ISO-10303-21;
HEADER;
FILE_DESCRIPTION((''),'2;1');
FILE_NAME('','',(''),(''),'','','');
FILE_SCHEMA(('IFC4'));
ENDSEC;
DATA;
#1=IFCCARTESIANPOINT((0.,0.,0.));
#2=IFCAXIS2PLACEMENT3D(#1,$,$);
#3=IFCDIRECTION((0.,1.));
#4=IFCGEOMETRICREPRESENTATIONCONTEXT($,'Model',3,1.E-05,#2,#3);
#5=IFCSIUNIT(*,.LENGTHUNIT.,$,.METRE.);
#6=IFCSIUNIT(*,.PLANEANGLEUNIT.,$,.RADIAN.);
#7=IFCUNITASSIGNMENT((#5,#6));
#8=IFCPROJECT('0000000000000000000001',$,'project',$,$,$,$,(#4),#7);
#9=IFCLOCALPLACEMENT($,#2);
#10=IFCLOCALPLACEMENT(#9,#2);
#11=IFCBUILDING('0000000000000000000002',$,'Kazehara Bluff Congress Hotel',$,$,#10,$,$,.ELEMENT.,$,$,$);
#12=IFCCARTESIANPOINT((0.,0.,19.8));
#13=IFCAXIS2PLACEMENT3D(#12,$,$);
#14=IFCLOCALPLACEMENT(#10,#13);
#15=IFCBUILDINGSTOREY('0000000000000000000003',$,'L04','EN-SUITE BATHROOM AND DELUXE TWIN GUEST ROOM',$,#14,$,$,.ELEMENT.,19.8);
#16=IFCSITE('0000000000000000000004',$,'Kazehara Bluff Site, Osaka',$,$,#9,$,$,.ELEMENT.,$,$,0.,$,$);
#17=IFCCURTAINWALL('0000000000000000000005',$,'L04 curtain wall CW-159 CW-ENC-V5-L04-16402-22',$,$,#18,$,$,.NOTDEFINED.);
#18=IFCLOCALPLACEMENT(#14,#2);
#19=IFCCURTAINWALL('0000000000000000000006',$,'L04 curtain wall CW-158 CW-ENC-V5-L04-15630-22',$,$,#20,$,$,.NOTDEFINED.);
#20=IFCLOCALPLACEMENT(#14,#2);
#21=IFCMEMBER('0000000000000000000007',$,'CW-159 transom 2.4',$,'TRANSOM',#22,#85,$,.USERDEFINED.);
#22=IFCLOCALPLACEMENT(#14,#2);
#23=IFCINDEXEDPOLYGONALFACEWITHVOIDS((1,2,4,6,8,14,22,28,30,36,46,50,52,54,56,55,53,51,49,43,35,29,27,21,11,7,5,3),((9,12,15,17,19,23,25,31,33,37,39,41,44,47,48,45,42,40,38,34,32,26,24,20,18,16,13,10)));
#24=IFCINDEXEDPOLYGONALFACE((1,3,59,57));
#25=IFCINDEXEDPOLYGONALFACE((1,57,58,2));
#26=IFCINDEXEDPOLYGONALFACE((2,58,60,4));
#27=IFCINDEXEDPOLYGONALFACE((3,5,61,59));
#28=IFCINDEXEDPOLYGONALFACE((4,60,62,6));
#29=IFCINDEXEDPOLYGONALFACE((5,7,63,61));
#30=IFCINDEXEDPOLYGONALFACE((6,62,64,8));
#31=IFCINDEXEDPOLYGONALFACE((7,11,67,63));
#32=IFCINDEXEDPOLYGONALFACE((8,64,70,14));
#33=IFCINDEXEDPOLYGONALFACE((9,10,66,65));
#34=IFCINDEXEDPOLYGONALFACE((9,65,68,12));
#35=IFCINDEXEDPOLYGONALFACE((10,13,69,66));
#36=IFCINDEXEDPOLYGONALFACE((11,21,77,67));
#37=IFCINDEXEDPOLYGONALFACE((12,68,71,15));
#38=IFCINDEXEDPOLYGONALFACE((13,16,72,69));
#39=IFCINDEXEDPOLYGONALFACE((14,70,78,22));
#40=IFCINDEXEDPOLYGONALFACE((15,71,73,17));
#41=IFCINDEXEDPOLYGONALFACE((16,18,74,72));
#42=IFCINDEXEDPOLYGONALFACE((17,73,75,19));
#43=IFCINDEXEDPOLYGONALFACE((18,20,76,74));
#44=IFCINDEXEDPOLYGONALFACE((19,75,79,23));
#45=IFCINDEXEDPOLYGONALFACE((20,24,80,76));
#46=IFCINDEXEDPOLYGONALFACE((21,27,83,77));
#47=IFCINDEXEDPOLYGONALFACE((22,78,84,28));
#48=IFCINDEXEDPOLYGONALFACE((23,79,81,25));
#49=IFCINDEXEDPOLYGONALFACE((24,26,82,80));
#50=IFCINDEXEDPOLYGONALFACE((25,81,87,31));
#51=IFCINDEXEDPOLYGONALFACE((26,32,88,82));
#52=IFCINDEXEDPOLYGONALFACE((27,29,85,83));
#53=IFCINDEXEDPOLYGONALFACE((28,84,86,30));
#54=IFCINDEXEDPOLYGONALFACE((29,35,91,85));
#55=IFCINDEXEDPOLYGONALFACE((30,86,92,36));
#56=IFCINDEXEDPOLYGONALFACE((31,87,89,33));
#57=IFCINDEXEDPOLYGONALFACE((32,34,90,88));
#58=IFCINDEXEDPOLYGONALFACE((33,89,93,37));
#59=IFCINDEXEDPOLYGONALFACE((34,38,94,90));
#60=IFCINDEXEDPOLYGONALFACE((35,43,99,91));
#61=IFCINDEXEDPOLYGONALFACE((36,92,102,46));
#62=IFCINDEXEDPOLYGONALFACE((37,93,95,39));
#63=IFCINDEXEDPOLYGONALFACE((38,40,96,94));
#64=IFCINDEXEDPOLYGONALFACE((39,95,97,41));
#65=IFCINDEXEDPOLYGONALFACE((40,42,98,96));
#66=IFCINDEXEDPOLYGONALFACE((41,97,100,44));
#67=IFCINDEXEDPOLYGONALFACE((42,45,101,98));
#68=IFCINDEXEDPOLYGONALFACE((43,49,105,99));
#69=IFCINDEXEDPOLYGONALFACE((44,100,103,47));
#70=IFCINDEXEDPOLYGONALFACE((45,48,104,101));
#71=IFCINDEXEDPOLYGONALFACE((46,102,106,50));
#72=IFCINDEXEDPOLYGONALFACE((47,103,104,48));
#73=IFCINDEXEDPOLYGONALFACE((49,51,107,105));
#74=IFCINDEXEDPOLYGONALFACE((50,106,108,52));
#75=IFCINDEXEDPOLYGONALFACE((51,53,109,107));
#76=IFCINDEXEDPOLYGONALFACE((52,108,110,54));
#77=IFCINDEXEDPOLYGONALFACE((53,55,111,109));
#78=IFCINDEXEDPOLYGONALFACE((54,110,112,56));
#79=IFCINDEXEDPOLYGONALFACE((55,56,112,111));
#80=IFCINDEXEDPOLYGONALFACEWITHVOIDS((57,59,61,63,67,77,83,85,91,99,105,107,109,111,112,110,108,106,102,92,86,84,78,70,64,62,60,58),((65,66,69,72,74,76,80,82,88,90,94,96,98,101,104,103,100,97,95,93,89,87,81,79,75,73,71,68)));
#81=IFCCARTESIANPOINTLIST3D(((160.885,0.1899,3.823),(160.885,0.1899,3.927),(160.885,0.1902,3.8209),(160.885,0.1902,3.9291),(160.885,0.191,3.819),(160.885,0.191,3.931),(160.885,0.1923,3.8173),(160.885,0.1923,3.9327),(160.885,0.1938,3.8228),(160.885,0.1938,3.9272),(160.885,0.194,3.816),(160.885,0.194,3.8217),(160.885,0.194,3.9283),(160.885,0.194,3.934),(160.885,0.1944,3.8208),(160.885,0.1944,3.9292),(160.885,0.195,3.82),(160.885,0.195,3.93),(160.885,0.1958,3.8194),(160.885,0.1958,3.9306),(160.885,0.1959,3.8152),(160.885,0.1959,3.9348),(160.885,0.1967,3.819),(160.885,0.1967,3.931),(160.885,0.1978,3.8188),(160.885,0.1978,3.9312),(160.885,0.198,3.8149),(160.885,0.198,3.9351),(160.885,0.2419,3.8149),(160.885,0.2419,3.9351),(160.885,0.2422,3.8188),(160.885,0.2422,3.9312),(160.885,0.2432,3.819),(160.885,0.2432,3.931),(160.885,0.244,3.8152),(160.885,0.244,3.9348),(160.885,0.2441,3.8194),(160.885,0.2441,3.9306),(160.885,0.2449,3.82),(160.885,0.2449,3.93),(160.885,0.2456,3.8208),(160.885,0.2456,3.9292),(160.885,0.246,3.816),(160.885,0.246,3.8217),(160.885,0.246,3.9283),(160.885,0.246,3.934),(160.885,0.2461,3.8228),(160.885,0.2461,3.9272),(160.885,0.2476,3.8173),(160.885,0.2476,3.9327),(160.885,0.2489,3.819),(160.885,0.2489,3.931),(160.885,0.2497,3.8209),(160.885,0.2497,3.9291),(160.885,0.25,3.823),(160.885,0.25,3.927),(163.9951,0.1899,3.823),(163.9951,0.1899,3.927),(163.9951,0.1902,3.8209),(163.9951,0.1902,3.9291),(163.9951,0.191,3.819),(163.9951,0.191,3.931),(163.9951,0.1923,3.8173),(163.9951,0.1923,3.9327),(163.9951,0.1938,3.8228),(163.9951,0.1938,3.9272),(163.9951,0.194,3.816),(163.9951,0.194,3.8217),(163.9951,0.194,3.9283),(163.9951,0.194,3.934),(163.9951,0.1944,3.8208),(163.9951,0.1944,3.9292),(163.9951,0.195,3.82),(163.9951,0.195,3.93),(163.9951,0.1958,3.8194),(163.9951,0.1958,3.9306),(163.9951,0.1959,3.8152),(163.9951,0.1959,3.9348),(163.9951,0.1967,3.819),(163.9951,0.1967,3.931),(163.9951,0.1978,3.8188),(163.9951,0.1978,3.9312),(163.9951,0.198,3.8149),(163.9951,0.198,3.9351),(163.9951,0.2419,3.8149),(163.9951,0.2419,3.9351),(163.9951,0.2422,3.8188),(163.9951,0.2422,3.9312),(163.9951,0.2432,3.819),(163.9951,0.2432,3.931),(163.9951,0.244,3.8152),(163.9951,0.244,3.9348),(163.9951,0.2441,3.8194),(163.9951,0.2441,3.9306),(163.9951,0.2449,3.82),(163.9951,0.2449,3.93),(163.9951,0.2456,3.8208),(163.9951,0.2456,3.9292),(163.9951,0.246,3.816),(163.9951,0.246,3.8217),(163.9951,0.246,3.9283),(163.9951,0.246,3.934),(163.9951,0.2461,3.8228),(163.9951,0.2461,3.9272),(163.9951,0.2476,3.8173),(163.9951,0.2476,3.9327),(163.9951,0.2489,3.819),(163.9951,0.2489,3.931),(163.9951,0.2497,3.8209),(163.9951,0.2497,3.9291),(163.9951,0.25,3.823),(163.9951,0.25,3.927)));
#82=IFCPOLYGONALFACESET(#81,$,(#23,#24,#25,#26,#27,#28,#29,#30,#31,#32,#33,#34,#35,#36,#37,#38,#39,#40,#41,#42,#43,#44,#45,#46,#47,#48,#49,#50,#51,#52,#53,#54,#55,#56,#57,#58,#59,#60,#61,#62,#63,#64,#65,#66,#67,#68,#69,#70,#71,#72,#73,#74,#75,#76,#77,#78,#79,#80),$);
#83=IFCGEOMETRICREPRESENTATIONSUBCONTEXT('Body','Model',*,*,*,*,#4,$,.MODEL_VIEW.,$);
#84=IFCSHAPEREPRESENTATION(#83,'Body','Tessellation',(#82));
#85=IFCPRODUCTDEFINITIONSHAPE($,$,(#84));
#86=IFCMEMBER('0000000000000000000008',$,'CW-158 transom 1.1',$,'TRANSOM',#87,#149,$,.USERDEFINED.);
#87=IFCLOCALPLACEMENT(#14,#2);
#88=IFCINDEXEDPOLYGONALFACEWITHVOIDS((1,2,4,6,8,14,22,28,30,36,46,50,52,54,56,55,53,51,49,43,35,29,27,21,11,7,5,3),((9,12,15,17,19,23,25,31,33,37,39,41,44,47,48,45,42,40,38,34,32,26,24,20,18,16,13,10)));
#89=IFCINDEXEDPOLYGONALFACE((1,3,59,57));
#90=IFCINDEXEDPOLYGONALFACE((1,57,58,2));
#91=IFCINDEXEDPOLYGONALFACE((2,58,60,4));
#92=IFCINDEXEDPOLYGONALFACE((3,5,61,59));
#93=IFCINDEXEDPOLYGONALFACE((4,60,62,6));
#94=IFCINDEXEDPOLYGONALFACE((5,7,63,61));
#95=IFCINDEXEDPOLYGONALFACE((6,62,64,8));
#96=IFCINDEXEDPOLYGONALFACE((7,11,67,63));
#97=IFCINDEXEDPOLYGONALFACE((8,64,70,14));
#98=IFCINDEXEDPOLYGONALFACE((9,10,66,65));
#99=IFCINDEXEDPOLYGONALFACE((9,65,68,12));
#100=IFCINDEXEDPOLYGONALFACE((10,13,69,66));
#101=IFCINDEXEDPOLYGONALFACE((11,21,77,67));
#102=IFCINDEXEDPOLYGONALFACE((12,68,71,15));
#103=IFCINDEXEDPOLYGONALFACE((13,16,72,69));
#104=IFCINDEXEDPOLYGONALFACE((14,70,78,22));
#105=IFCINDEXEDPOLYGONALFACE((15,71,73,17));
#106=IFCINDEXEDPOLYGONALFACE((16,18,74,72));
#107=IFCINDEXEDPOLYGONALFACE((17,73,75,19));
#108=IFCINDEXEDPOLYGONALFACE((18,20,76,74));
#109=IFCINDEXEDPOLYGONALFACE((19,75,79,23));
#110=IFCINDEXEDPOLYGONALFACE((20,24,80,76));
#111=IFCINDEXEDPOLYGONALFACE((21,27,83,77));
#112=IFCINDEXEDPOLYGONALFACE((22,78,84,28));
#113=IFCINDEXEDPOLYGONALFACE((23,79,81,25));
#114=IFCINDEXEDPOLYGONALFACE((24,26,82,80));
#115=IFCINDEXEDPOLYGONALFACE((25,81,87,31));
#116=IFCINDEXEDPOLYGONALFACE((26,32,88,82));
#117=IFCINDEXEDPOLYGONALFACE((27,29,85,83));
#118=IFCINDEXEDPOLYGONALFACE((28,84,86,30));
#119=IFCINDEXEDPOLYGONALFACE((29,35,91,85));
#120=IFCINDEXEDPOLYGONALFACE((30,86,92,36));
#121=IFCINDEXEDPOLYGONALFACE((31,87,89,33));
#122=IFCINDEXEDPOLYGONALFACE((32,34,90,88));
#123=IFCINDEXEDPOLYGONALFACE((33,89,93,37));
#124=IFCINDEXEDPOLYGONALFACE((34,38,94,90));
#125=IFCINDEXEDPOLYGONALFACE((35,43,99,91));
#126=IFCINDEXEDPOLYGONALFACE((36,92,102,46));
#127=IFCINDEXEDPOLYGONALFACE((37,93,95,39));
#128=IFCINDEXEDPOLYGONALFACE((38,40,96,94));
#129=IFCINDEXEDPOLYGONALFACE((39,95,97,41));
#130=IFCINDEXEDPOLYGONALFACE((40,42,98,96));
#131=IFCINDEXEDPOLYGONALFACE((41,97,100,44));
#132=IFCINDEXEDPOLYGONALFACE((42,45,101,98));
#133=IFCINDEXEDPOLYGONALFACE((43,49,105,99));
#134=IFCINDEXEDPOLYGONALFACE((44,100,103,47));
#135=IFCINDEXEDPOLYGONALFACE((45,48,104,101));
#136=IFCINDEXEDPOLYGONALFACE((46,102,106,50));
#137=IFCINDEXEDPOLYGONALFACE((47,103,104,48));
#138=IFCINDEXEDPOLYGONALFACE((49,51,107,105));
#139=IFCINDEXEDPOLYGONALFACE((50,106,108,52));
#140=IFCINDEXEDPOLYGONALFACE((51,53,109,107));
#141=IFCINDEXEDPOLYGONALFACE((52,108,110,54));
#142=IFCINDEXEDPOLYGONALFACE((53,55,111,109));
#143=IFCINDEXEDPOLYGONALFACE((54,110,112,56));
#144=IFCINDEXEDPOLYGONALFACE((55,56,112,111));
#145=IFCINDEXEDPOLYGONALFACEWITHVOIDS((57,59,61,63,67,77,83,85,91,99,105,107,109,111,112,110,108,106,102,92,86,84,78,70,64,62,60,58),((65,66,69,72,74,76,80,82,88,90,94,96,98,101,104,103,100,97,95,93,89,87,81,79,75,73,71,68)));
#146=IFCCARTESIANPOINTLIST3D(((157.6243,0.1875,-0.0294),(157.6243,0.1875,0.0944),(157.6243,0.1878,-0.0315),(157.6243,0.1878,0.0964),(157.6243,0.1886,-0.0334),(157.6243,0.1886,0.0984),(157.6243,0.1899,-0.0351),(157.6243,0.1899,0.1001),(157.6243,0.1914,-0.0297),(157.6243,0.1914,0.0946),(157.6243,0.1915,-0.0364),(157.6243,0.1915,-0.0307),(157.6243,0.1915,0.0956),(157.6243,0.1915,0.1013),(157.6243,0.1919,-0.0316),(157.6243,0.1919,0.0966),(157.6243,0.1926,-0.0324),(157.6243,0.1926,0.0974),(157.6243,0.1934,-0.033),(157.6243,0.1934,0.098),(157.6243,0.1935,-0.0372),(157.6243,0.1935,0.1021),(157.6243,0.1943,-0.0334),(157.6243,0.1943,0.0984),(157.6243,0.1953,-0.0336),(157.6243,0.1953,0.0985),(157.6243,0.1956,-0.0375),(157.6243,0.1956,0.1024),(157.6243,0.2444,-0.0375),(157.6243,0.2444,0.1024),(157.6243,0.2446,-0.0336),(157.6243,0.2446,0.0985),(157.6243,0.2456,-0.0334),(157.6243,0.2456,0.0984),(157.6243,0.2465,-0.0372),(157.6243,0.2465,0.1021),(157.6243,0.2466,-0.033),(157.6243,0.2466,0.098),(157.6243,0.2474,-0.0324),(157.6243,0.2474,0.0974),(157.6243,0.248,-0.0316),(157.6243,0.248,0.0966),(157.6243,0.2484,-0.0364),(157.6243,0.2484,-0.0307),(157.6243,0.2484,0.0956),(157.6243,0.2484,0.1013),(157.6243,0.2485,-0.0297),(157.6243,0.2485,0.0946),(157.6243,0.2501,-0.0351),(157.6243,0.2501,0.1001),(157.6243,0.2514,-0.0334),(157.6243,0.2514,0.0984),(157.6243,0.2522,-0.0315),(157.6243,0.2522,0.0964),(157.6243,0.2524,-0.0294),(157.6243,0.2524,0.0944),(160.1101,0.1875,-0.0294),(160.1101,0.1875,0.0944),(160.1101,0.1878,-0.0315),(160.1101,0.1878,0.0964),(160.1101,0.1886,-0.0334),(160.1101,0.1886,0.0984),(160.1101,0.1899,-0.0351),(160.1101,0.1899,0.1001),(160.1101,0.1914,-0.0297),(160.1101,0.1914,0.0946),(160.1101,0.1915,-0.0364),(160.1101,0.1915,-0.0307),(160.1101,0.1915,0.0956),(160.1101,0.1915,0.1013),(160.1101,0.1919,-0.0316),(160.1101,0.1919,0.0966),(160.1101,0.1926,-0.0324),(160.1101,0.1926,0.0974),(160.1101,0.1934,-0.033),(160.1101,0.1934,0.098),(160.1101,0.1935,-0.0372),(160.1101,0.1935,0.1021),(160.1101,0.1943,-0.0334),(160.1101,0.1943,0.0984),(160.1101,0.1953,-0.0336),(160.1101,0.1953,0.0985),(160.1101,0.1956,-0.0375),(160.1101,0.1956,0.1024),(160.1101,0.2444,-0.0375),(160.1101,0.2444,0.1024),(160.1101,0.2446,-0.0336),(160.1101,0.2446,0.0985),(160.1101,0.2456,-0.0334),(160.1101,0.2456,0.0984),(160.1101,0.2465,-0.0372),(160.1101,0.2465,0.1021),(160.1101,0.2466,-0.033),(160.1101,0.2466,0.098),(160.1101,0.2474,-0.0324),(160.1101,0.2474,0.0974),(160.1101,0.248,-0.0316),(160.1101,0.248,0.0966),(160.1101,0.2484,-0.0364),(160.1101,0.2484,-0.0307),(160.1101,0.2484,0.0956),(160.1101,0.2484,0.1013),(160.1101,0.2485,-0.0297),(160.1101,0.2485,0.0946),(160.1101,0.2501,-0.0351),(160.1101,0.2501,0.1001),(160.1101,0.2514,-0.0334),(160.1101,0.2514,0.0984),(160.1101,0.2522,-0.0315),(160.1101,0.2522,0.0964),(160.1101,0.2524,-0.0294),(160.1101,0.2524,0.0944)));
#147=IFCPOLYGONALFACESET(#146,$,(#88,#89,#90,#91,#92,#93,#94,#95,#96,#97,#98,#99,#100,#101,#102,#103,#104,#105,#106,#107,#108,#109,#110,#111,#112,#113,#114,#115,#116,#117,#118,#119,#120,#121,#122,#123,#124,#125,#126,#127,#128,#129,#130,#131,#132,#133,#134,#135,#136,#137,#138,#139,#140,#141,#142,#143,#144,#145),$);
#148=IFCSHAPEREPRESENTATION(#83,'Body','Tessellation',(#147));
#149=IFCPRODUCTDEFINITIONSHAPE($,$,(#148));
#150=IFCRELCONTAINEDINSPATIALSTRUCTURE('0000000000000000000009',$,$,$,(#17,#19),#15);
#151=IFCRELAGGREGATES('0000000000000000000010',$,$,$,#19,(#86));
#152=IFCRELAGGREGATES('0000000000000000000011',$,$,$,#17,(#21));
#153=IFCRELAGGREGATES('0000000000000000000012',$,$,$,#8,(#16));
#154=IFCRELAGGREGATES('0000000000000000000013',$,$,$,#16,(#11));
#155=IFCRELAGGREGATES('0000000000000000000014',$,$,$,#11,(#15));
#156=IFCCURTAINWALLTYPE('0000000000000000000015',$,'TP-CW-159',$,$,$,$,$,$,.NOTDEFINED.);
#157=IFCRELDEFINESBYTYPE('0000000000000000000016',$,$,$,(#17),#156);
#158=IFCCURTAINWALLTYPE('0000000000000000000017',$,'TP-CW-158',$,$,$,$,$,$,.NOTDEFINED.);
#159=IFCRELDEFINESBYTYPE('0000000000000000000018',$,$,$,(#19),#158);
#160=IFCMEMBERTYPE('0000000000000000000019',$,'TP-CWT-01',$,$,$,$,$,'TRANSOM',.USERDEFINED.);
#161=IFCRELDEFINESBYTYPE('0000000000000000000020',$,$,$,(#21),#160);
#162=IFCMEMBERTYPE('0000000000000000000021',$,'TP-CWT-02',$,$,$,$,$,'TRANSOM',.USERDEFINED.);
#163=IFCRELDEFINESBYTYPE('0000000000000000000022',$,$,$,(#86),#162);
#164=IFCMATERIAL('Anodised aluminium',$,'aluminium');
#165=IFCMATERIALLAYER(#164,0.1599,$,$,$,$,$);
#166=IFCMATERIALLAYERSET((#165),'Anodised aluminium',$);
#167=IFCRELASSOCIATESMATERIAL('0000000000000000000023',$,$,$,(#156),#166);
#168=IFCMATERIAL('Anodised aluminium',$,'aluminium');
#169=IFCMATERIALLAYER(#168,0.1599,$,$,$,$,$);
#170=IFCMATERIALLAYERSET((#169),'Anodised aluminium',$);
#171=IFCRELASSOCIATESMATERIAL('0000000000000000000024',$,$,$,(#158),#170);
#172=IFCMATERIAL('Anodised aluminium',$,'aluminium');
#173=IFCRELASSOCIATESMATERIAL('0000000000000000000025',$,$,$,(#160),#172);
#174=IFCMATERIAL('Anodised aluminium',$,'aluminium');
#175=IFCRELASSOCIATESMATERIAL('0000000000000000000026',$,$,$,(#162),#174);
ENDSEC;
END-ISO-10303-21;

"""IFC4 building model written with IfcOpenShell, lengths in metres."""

from ifc_helpers import new_model, si_unit, direction, frame, origin, origin_2d, place, context, subcontext, project, spatial, hollow_rectangle, extrude, material, layer, layer_set, material_profile, profile_set, type_object, element, aggregate, save


model = new_model("IFC4")

# Units and contexts
model_context = context("Model", 3, precision=1e-05, world=origin(), true_north=direction((0.0, 1.0)))
body_context = subcontext(model_context, "Body", "Model", "MODEL_VIEW")
ifc_project = project(units=[si_unit("LENGTHUNIT", "METRE"), si_unit("PLANEANGLEUNIT", "RADIAN")], contexts=[model_context])

# Site, building, storey
site_placement = place(None, origin())
site = spatial("IfcSite", under=ifc_project, at=site_placement, Name="Kazehara Bluff Site, Osaka", CompositionType="ELEMENT", RefElevation=0.0)
building_placement = place(site_placement, origin())
building = spatial("IfcBuilding", under=site, at=building_placement, Name="Kazehara Bluff Congress Hotel", CompositionType="ELEMENT")
storey_placement = place(building_placement, frame((0.0, 0.0, 19.8)))
storey = spatial("IfcBuildingStorey", under=building, at=storey_placement, Name="L04", Description="EN-SUITE BATHROOM AND DELUXE TWIN GUEST ROOM", CompositionType="ELEMENT", Elevation=19.8)

# Curtain walls
ifc_material_1 = material(Name="Anodised aluminium", Category="aluminium")
ifc_layer_1 = layer(ifc_material_1, 0.1599)
ifc_layer_set_1 = layer_set([ifc_layer_1], Name="Anodised aluminium")
curtain_wall_type_1 = type_object("IfcCurtainWallType", Name="TP-CW-159", PredefinedType="NOTDEFINED", material=ifc_layer_set_1)
curtain_wall_1_placement = place(storey_placement, origin())
curtain_wall_1 = element("IfcCurtainWall", 1, at=curtain_wall_1_placement, inside=storey, type_object=curtain_wall_type_1, Name="L04 curtain wall CW-159 CW-ENC-V5-L04-16402-22", PredefinedType="NOTDEFINED")
ifc_material_2 = material(Name="Anodised aluminium", Category="aluminium")
ifc_layer_2 = layer(ifc_material_2, 0.1599)
ifc_layer_set_2 = layer_set([ifc_layer_2], Name="Anodised aluminium")
curtain_wall_type_2 = type_object("IfcCurtainWallType", Name="TP-CW-158", PredefinedType="NOTDEFINED", material=ifc_layer_set_2)
curtain_wall_2_placement = place(storey_placement, origin())
curtain_wall_2 = element("IfcCurtainWall", 2, at=curtain_wall_2_placement, inside=storey, type_object=curtain_wall_type_2, Name="L04 curtain wall CW-158 CW-ENC-V5-L04-15630-22", PredefinedType="NOTDEFINED")

# Members
ifc_material_3 = material(Name="Anodised aluminium", Category="aluminium")
ifc_material_profile_1 = material_profile(ifc_material_3, hollow_rectangle(XDim=0.0601, YDim=0.1201, WallThickness=0.0039, InnerFilletRadius=0.0039, OuterFilletRadius=0.0081, at=origin_2d()))
ifc_profile_set_1 = profile_set([ifc_material_profile_1], Name="Anodised aluminium")
member_type_1 = type_object("IfcMemberType", Name="TP-CWT-01", ElementType="TRANSOM", PredefinedType="USERDEFINED", material=ifc_profile_set_1)
member_1_placement = place(storey_placement, frame((163.9951, 0.22, 3.875), z_axis=(-1.0, 0.0, 0.0), x_axis=(0.0, -1.0, 0.0)))
member_1 = element("IfcMember", 3, at=member_1_placement, type_object=member_type_1, Name="CW-159 transom 2.4", ObjectType="TRANSOM", PredefinedType="USERDEFINED", context=body_context, shape_type="SweptSolid", body=[
    extrude(hollow_rectangle(XDim=0.0601, YDim=0.1201, WallThickness=0.0039, InnerFilletRadius=0.0039, OuterFilletRadius=0.0081, at=origin_2d()), origin(), (0.0, 0.0, 1.0), 3.1101),
])
ifc_material_4 = material(Name="Anodised aluminium", Category="aluminium")
ifc_material_profile_2 = material_profile(ifc_material_4, hollow_rectangle(XDim=0.0649, YDim=0.1399, WallThickness=0.0039, InnerFilletRadius=0.0039, OuterFilletRadius=0.0081, at=origin_2d()))
ifc_profile_set_2 = profile_set([ifc_material_profile_2], Name="Anodised aluminium")
member_type_2 = type_object("IfcMemberType", Name="TP-CWT-02", ElementType="TRANSOM", PredefinedType="USERDEFINED", material=ifc_profile_set_2)
member_2_placement = place(storey_placement, frame((160.1101, 0.22, 0.0325), z_axis=(-1.0, 0.0, 0.0), x_axis=(0.0, -1.0, 0.0)))
member_2 = element("IfcMember", 4, at=member_2_placement, type_object=member_type_2, Name="CW-158 transom 1.1", ObjectType="TRANSOM", PredefinedType="USERDEFINED", context=body_context, shape_type="SweptSolid", body=[
    extrude(hollow_rectangle(XDim=0.0649, YDim=0.1399, WallThickness=0.0039, InnerFilletRadius=0.0039, OuterFilletRadius=0.0081, at=origin_2d()), origin(), (0.0, 0.0, 1.0), 2.4858),
])

aggregate(curtain_wall_2, [member_2])
aggregate(curtain_wall_1, [member_1])

save(model, "model.ifc")
